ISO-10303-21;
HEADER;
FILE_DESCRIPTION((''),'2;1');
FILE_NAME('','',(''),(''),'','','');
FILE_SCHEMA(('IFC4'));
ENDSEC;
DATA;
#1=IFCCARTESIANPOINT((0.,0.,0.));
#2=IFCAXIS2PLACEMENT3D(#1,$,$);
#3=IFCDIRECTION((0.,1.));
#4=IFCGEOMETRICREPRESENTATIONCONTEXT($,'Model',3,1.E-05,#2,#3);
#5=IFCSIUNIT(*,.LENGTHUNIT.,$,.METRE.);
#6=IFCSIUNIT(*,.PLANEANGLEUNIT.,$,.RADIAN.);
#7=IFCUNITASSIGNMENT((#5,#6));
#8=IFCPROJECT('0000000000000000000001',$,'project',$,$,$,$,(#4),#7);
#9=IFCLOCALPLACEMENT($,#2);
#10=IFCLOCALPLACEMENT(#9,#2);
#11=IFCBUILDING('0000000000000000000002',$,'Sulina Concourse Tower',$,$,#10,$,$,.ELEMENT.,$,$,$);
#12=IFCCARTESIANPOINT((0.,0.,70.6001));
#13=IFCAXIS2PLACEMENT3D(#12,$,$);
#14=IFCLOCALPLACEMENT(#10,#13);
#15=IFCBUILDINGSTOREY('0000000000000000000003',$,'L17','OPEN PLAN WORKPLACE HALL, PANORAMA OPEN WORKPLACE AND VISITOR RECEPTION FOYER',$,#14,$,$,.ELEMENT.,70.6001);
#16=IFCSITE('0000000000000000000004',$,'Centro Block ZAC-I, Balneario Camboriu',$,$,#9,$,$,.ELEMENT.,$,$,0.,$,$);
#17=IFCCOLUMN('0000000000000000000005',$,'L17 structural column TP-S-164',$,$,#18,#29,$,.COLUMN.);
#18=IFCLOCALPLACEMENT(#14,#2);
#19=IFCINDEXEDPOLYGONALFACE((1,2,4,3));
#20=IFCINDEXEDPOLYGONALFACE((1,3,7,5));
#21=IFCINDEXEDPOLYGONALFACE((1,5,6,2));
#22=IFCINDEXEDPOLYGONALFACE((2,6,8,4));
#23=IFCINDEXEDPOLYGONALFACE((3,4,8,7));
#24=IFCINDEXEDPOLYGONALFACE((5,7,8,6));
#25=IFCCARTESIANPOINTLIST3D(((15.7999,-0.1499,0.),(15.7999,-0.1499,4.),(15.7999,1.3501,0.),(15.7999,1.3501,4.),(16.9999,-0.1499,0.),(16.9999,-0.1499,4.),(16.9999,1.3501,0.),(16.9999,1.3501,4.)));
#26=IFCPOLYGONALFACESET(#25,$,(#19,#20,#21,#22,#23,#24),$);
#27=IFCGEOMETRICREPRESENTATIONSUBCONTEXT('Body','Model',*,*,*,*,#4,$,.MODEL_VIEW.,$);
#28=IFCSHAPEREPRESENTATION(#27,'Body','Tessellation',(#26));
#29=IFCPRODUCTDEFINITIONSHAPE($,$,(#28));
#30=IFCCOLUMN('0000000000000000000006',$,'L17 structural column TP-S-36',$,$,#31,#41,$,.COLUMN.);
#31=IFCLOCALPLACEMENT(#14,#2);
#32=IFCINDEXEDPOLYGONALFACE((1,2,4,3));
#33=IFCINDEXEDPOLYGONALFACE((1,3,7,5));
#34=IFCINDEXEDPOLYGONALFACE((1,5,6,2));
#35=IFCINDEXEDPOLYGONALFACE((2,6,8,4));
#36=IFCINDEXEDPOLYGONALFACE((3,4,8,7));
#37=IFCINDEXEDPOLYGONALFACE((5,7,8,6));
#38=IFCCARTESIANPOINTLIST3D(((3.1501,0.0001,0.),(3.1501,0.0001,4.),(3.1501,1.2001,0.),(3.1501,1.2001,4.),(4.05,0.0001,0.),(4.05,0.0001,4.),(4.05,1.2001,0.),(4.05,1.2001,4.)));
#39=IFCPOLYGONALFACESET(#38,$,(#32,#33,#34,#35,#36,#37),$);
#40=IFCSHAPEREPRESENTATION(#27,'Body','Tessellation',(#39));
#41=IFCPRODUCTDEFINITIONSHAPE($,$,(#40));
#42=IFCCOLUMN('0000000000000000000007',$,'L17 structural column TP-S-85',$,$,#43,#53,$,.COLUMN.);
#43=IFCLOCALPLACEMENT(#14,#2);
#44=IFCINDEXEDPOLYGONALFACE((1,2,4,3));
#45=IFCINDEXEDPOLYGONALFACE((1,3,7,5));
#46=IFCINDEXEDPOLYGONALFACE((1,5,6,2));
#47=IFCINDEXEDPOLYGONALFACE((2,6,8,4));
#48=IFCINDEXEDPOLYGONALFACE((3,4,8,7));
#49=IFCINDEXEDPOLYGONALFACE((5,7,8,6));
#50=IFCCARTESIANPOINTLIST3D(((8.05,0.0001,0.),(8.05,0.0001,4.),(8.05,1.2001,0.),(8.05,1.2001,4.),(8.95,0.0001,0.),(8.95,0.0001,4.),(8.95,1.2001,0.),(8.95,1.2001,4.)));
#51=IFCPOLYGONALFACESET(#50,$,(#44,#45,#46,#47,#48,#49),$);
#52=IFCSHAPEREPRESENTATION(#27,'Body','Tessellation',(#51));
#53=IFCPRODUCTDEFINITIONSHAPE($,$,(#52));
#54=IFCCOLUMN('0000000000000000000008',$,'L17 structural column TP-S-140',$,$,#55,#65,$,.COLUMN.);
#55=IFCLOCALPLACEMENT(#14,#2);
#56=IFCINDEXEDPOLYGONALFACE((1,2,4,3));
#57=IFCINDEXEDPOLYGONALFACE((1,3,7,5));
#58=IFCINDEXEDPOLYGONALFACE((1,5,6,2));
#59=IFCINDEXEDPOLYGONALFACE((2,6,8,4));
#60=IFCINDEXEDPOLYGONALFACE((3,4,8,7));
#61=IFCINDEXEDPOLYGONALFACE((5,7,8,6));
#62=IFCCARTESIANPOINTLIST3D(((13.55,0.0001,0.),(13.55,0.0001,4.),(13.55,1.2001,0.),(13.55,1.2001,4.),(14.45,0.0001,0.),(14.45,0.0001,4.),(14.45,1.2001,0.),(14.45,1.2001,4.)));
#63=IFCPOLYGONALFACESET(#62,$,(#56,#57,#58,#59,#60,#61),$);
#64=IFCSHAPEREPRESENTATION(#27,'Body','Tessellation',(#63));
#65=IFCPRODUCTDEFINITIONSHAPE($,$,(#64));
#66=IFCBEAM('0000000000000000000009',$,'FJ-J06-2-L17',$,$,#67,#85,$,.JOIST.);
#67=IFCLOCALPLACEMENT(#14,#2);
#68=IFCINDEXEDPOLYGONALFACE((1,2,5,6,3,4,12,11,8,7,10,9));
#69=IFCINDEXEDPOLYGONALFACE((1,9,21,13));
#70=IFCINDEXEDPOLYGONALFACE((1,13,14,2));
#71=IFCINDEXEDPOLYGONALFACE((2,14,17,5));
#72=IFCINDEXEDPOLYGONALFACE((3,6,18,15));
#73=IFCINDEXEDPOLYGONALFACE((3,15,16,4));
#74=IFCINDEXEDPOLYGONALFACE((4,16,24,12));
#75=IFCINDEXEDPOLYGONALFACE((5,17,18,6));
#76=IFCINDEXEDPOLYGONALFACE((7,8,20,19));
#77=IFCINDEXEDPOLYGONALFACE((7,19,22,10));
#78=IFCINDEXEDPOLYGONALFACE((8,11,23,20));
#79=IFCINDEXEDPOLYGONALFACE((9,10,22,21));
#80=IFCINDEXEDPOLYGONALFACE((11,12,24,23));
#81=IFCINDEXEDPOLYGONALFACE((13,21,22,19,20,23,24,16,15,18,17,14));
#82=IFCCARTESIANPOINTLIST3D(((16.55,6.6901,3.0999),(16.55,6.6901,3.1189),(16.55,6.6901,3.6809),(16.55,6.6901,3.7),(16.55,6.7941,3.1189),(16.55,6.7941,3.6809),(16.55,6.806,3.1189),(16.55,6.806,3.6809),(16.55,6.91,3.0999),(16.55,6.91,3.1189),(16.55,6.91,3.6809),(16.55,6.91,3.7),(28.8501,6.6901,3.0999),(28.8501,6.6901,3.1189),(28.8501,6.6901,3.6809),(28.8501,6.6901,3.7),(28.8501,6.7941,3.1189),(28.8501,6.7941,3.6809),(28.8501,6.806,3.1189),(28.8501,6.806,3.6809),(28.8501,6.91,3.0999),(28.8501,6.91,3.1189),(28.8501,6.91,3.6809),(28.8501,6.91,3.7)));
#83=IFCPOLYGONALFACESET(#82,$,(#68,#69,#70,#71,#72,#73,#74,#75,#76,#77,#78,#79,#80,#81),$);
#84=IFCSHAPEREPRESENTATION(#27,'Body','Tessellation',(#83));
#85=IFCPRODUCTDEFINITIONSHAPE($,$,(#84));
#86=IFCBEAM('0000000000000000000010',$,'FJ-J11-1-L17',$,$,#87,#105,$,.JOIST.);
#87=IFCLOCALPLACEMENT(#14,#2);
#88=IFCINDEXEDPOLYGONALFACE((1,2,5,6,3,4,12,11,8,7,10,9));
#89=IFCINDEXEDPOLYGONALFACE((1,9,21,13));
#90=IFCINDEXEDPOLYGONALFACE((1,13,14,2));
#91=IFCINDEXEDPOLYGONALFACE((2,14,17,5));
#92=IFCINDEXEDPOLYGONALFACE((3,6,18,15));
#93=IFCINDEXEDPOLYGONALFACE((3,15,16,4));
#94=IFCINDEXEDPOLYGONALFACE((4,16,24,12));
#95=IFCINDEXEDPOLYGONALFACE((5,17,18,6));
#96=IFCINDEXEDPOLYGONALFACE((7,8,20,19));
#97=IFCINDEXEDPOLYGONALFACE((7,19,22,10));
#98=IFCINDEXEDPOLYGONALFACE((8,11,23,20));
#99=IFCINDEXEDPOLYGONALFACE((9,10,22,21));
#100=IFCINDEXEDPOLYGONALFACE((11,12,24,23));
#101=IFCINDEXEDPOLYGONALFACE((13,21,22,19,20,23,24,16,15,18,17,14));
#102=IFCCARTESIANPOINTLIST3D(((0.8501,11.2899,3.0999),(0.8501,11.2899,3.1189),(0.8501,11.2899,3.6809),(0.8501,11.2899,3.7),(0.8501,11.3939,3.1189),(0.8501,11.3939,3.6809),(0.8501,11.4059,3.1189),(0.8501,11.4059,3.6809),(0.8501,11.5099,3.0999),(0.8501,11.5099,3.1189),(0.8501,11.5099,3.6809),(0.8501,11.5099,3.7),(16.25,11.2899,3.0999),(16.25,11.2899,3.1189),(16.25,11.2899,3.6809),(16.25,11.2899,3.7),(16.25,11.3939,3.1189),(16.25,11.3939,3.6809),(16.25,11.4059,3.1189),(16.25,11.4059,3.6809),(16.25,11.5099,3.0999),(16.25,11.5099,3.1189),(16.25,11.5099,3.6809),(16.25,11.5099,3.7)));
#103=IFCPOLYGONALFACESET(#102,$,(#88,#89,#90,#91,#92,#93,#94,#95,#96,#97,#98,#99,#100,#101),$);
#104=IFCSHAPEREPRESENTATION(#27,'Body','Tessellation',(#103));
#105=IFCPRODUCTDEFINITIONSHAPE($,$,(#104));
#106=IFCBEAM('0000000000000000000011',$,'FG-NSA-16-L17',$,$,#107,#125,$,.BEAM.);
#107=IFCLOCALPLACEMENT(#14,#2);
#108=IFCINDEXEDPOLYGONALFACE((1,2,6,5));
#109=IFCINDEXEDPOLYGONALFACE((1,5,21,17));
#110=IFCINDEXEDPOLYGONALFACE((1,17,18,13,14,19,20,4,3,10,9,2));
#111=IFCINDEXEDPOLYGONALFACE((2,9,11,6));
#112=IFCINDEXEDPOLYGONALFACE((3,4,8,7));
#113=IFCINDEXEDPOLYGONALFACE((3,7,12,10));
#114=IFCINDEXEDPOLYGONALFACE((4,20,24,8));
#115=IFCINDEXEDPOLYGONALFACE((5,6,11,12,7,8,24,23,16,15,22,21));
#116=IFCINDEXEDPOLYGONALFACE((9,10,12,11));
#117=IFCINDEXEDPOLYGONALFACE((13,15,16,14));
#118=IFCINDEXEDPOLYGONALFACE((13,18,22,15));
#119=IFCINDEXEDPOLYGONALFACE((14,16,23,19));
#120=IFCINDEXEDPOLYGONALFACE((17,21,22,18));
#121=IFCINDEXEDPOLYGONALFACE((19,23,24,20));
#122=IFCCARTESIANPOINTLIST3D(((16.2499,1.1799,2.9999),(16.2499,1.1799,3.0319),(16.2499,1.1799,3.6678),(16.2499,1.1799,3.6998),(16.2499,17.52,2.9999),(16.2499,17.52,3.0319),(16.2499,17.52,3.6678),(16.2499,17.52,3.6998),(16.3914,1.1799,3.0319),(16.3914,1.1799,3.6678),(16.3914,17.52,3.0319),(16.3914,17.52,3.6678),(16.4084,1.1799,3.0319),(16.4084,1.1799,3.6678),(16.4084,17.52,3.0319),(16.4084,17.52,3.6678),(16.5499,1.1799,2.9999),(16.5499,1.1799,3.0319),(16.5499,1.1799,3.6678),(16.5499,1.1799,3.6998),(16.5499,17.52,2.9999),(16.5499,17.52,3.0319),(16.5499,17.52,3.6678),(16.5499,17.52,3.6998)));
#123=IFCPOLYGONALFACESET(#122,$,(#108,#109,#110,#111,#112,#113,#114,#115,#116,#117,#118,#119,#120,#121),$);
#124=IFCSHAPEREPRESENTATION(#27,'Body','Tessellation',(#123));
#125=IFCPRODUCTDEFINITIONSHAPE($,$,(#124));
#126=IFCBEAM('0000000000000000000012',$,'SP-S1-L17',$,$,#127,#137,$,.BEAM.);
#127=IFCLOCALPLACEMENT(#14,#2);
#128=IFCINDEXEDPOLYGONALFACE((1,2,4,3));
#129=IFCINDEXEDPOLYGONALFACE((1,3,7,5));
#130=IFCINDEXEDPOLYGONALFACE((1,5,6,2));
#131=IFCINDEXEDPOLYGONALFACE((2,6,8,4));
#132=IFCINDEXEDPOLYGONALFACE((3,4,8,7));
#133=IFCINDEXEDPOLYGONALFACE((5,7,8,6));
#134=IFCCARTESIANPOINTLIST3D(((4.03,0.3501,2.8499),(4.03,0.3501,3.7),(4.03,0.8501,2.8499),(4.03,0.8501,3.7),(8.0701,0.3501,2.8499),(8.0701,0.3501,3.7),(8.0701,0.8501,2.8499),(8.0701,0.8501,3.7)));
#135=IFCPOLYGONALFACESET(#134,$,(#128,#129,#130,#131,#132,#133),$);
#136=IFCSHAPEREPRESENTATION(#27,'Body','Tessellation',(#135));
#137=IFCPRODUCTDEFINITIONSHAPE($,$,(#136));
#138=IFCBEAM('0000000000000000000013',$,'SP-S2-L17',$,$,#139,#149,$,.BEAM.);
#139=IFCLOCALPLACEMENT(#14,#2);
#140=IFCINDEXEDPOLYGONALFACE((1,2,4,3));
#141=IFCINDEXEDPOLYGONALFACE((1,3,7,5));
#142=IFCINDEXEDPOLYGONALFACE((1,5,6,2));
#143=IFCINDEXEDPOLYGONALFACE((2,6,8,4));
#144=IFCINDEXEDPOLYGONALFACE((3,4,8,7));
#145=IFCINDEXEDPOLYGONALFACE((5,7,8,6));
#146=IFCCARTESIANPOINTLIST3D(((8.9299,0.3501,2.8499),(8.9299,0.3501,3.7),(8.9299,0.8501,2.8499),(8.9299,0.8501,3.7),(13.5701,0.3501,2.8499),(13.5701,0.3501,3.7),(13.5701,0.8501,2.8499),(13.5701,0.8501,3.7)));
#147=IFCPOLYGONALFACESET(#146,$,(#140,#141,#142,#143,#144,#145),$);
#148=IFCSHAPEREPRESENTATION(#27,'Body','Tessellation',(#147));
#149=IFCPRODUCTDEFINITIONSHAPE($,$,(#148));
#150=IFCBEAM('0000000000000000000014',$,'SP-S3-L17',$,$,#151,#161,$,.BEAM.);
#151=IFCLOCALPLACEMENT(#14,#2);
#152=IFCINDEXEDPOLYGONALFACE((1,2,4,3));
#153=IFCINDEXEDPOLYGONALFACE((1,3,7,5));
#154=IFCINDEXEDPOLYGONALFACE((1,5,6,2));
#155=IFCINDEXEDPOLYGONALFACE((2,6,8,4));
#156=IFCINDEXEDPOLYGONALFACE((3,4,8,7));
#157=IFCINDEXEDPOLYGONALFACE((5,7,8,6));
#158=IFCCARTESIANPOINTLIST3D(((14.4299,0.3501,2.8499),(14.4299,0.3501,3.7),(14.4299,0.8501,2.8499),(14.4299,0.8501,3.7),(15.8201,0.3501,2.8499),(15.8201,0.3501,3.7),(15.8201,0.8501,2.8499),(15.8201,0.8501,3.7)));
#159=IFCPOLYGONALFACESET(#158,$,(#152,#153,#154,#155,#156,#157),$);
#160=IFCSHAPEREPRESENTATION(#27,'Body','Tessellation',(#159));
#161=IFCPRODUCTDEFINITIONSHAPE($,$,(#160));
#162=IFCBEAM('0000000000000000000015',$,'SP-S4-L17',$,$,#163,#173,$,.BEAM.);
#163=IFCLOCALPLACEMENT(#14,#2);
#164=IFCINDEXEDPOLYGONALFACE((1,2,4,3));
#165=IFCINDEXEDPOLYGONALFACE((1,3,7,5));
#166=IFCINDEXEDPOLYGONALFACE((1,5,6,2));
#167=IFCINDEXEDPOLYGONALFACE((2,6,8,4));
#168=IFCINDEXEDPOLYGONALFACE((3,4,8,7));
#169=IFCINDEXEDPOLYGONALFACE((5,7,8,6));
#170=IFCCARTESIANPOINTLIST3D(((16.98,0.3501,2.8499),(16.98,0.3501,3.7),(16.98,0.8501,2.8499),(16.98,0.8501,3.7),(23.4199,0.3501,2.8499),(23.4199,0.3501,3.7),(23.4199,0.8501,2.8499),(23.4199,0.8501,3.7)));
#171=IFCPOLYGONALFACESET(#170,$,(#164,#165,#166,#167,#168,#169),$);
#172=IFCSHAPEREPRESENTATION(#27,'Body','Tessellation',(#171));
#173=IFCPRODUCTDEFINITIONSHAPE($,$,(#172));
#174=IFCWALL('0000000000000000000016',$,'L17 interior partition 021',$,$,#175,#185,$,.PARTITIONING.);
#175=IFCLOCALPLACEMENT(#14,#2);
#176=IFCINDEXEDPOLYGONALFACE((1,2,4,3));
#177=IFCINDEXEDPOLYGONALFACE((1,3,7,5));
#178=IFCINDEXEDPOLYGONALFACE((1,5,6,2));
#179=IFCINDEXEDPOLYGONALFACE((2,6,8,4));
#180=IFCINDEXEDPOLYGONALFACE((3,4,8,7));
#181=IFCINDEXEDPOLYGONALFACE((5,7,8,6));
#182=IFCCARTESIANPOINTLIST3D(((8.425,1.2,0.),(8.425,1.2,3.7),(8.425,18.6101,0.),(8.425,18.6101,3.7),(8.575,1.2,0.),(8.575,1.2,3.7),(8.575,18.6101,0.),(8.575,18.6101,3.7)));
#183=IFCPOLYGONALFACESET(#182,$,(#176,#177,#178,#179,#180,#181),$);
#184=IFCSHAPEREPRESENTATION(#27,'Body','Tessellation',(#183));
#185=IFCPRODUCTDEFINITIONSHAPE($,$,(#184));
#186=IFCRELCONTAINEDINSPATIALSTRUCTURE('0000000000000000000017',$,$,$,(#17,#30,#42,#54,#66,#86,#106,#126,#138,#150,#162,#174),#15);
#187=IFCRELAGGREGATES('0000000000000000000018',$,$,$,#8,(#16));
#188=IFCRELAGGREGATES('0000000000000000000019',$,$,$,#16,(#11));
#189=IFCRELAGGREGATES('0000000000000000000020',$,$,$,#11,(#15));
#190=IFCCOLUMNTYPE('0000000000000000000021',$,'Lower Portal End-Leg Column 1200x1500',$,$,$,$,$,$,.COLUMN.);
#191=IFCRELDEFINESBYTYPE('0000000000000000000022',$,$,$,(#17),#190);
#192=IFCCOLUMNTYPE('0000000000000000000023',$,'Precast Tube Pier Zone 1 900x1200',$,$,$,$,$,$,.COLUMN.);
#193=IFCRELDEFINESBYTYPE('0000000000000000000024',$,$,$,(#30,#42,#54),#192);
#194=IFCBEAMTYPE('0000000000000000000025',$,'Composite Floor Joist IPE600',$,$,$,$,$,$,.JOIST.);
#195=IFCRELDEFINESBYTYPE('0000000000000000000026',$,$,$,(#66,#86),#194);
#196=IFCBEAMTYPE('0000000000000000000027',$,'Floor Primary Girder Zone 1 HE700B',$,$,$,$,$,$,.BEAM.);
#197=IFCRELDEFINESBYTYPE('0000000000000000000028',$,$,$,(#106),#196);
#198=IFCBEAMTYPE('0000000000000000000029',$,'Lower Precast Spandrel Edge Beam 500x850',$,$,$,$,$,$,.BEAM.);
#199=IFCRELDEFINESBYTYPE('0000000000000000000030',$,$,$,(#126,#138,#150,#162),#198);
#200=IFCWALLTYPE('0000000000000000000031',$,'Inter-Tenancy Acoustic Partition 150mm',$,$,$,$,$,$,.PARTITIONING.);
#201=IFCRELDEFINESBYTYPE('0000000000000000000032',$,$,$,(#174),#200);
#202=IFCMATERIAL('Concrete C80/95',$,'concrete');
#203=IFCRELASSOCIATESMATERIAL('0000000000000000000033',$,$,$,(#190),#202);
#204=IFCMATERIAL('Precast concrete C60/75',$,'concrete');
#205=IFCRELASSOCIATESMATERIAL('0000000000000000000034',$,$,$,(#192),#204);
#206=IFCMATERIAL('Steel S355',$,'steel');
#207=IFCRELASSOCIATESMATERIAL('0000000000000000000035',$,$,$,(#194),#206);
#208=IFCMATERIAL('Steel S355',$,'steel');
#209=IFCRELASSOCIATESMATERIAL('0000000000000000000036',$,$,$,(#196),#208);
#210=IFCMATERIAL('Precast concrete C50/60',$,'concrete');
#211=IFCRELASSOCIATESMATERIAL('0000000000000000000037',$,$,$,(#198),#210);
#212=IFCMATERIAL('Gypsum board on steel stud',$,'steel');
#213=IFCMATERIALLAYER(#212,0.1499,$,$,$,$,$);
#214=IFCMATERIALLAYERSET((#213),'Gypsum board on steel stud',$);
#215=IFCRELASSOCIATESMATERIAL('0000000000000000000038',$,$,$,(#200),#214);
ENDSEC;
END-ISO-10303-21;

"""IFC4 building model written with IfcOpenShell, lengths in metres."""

from ifc_helpers import new_model, si_unit, direction, frame, frame_2d, origin, origin_2d, place, context, subcontext, project, spatial, rectangle, i_section, extrude, material, layer, layer_set, material_profile, profile_set, type_object, element, save


model = new_model("IFC4")

# Units and contexts
model_context = context("Model", 3, precision=1e-05, world=origin(), true_north=direction((0.0, 1.0)))
body_context = subcontext(model_context, "Body", "Model", "MODEL_VIEW")
ifc_project = project(units=[si_unit("LENGTHUNIT", "METRE"), si_unit("PLANEANGLEUNIT", "RADIAN")], contexts=[model_context])

# Site, building, storey
site_placement = place(None, origin())
site = spatial("IfcSite", under=ifc_project, at=site_placement, Name="Centro Block ZAC-I, Balneario Camboriu", CompositionType="ELEMENT", RefElevation=0.0)
building_placement = place(site_placement, origin())
building = spatial("IfcBuilding", under=site, at=building_placement, Name="Sulina Concourse Tower", CompositionType="ELEMENT")
storey_placement = place(building_placement, frame((0.0, 0.0, 70.6001)))
storey = spatial("IfcBuildingStorey", under=building, at=storey_placement, Name="L17", Description="OPEN PLAN WORKPLACE HALL, PANORAMA OPEN WORKPLACE AND VISITOR RECEPTION FOYER", CompositionType="ELEMENT", Elevation=70.6001)

# Columns
ifc_material_1 = material(Name="Concrete C80/95", Category="concrete")
ifc_material_profile_1 = material_profile(ifc_material_1, rectangle(XDim=1.2, YDim=1.5, at=origin_2d()), Name="RC 1200x1500")
ifc_profile_set_1 = profile_set([ifc_material_profile_1], Name="Concrete C80/95")
column_type_1 = type_object("IfcColumnType", Name="Lower Portal End-Leg Column 1200x1500", PredefinedType="COLUMN", material=ifc_profile_set_1)
column_placement = place(storey_placement, frame((16.3999, 0.6001, 0.0), z_axis=(0.0, 0.0, 1.0), x_axis=(1.0, 0.0, 0.0)))
element("IfcColumn", 1, at=column_placement, inside=storey, type_object=column_type_1, Name="L17 structural column TP-S-164", PredefinedType="COLUMN", context=body_context, shape_type="SweptSolid", body=[
    extrude(rectangle(XDim=1.2, YDim=1.5, at=origin_2d()), origin(), (0.0, 0.0, 1.0), 4.0),
])
ifc_material_2 = material(Name="Precast concrete C60/75", Category="concrete")
ifc_material_profile_2 = material_profile(ifc_material_2, rectangle(XDim=0.8999, YDim=1.2, at=origin_2d()), Name="PC 900x1200")
ifc_profile_set_2 = profile_set([ifc_material_profile_2], Name="Precast concrete C60/75")
column_type_2 = type_object("IfcColumnType", Name="Precast Tube Pier Zone 1 900x1200", PredefinedType="COLUMN", material=ifc_profile_set_2)
for number, where, z_axis, x_axis, name in (
    (2, (3.6001, 0.6001, 0.0), (0.0, 0.0, 1.0), (1.0, 0.0, 0.0), "L17 structural column TP-S-36"),
    (3, (8.5, 0.6001, 0.0), (0.0, 0.0, 1.0), (1.0, 0.0, 0.0), "L17 structural column TP-S-85"),
    (4, (14.0, 0.6001, 0.0), (0.0, 0.0, 1.0), (1.0, 0.0, 0.0), "L17 structural column TP-S-140"),
):
    element("IfcColumn", number, at=place(storey_placement, frame(where, z_axis=z_axis, x_axis=x_axis)), inside=storey, type_object=column_type_2, Name=name, PredefinedType="COLUMN", context=body_context, shape_type="SweptSolid", body=[
        extrude(rectangle(XDim=0.8999, YDim=1.2, at=origin_2d()), origin(), (0.0, 0.0, 1.0), 4.0),
    ])

# Beams
ifc_material_3 = material(Name="Steel S355", Category="steel")
ifc_material_profile_3 = material_profile(ifc_material_3, i_section(OverallWidth=0.22, OverallDepth=0.6001, WebThickness=0.012, FlangeThickness=0.019, at=origin_2d()), Name="IPE 600")
ifc_profile_set_3 = profile_set([ifc_material_profile_3], Name="Steel S355")
beam_type_1 = type_object("IfcBeamType", Name="Composite Floor Joist IPE600", PredefinedType="JOIST", material=ifc_profile_set_3)
beam_1_placement = place(storey_placement, frame((16.55, 6.8, 3.3999), z_axis=(1.0, 0.0, 0.0), x_axis=(0.0, 1.0, 0.0)))
element("IfcBeam", 5, at=beam_1_placement, inside=storey, type_object=beam_type_1, Name="FJ-J06-2-L17", PredefinedType="JOIST", context=body_context, shape_type="SweptSolid", body=[
    extrude(i_section(OverallWidth=0.22, OverallDepth=0.6001, WebThickness=0.012, FlangeThickness=0.019, at=origin_2d()), origin(), (0.0, 0.0, 1.0), 12.3),
])
beam_2_placement = place(storey_placement, frame((0.8501, 11.3999, 3.3999), z_axis=(1.0, 0.0, 0.0), x_axis=(0.0, 1.0, 0.0)))
element("IfcBeam", 6, at=beam_2_placement, inside=storey, type_object=beam_type_1, Name="FJ-J11-1-L17", PredefinedType="JOIST", context=body_context, shape_type="SweptSolid", body=[
    extrude(i_section(OverallWidth=0.22, OverallDepth=0.6001, WebThickness=0.012, FlangeThickness=0.019, at=origin_2d()), origin(), (0.0, 0.0, 1.0), 15.3999),
])
ifc_material_4 = material(Name="Steel S355", Category="steel")
ifc_material_profile_4 = material_profile(ifc_material_4, i_section(OverallWidth=0.3, OverallDepth=0.7, WebThickness=0.0171, FlangeThickness=0.032, at=origin_2d()), Name="HE 700 B")
ifc_profile_set_4 = profile_set([ifc_material_profile_4], Name="Steel S355")
beam_type_2 = type_object("IfcBeamType", Name="Floor Primary Girder Zone 1 HE700B", PredefinedType="BEAM", material=ifc_profile_set_4)
beam_3_placement = place(storey_placement, frame((16.3999, 1.1799, 3.3499), z_axis=(0.0, 1.0, 0.0), x_axis=(-1.0, 0.0, 0.0)))
element("IfcBeam", 7, at=beam_3_placement, inside=storey, type_object=beam_type_2, Name="FG-NSA-16-L17", PredefinedType="BEAM", context=body_context, shape_type="SweptSolid", body=[
    extrude(i_section(OverallWidth=0.3, OverallDepth=0.7, WebThickness=0.0171, FlangeThickness=0.032, at=origin_2d()), origin(), (0.0, 0.0, 1.0), 16.3401),
])
ifc_material_5 = material(Name="Precast concrete C50/60", Category="concrete")
ifc_material_profile_5 = material_profile(ifc_material_5, rectangle(XDim=0.5, YDim=0.8501, at=origin_2d()), Name="RC 500x850")
ifc_profile_set_5 = profile_set([ifc_material_profile_5], Name="Precast concrete C50/60")
beam_type_3 = type_object("IfcBeamType", Name="Lower Precast Spandrel Edge Beam 500x850", PredefinedType="BEAM", material=ifc_profile_set_5)
beam_4_placement = place(storey_placement, frame((4.03, 0.6001, 3.2749), z_axis=(1.0, 0.0, 0.0), x_axis=(0.0, 1.0, 0.0)))
element("IfcBeam", 8, at=beam_4_placement, inside=storey, type_object=beam_type_3, Name="SP-S1-L17", PredefinedType="BEAM", context=body_context, shape_type="SweptSolid", body=[
    extrude(rectangle(XDim=0.5, YDim=0.8501, at=origin_2d()), origin(), (0.0, 0.0, 1.0), 4.04),
])
beam_5_placement = place(storey_placement, frame((8.9299, 0.6001, 3.2749), z_axis=(1.0, 0.0, 0.0), x_axis=(0.0, 1.0, 0.0)))
element("IfcBeam", 9, at=beam_5_placement, inside=storey, type_object=beam_type_3, Name="SP-S2-L17", PredefinedType="BEAM", context=body_context, shape_type="SweptSolid", body=[
    extrude(rectangle(XDim=0.5, YDim=0.8501, at=origin_2d()), origin(), (0.0, 0.0, 1.0), 4.6401),
])
beam_6_placement = place(storey_placement, frame((14.4299, 0.6001, 3.2749), z_axis=(1.0, 0.0, 0.0), x_axis=(0.0, 1.0, 0.0)))
element("IfcBeam", 10, at=beam_6_placement, inside=storey, type_object=beam_type_3, Name="SP-S3-L17", PredefinedType="BEAM", context=body_context, shape_type="SweptSolid", body=[
    extrude(rectangle(XDim=0.5, YDim=0.8501, at=origin_2d()), origin(), (0.0, 0.0, 1.0), 1.3901),
])
beam_7_placement = place(storey_placement, frame((16.98, 0.6001, 3.2749), z_axis=(1.0, 0.0, 0.0), x_axis=(0.0, 1.0, 0.0)))
element("IfcBeam", 11, at=beam_7_placement, inside=storey, type_object=beam_type_3, Name="SP-S4-L17", PredefinedType="BEAM", context=body_context, shape_type="SweptSolid", body=[
    extrude(rectangle(XDim=0.5, YDim=0.8501, at=origin_2d()), origin(), (0.0, 0.0, 1.0), 6.4399),
])

# Wall
ifc_material_6 = material(Name="Gypsum board on steel stud", Category="steel")
ifc_layer_1 = layer(ifc_material_6, 0.1499)
ifc_layer_set_1 = layer_set([ifc_layer_1], Name="Gypsum board on steel stud")
wall_type_1 = type_object("IfcWallType", Name="Inter-Tenancy Acoustic Partition 150mm", PredefinedType="PARTITIONING", material=ifc_layer_set_1)
wall_1_placement = place(storey_placement, frame((8.5, 1.2, 0.0), z_axis=(0.0, 0.0, 1.0), x_axis=(0.0, 1.0, 0.0)))
element("IfcWall", 12, at=wall_1_placement, inside=storey, type_object=wall_type_1, Name="L17 interior partition 021", PredefinedType="PARTITIONING", context=body_context, shape_type="SweptSolid", body=[
    extrude(rectangle(XDim=17.4102, YDim=0.1499, at=frame_2d((8.7051, 0.0))), origin(), (0.0, 0.0, 1.0), 3.7),
])

save(model, "model.ifc")
